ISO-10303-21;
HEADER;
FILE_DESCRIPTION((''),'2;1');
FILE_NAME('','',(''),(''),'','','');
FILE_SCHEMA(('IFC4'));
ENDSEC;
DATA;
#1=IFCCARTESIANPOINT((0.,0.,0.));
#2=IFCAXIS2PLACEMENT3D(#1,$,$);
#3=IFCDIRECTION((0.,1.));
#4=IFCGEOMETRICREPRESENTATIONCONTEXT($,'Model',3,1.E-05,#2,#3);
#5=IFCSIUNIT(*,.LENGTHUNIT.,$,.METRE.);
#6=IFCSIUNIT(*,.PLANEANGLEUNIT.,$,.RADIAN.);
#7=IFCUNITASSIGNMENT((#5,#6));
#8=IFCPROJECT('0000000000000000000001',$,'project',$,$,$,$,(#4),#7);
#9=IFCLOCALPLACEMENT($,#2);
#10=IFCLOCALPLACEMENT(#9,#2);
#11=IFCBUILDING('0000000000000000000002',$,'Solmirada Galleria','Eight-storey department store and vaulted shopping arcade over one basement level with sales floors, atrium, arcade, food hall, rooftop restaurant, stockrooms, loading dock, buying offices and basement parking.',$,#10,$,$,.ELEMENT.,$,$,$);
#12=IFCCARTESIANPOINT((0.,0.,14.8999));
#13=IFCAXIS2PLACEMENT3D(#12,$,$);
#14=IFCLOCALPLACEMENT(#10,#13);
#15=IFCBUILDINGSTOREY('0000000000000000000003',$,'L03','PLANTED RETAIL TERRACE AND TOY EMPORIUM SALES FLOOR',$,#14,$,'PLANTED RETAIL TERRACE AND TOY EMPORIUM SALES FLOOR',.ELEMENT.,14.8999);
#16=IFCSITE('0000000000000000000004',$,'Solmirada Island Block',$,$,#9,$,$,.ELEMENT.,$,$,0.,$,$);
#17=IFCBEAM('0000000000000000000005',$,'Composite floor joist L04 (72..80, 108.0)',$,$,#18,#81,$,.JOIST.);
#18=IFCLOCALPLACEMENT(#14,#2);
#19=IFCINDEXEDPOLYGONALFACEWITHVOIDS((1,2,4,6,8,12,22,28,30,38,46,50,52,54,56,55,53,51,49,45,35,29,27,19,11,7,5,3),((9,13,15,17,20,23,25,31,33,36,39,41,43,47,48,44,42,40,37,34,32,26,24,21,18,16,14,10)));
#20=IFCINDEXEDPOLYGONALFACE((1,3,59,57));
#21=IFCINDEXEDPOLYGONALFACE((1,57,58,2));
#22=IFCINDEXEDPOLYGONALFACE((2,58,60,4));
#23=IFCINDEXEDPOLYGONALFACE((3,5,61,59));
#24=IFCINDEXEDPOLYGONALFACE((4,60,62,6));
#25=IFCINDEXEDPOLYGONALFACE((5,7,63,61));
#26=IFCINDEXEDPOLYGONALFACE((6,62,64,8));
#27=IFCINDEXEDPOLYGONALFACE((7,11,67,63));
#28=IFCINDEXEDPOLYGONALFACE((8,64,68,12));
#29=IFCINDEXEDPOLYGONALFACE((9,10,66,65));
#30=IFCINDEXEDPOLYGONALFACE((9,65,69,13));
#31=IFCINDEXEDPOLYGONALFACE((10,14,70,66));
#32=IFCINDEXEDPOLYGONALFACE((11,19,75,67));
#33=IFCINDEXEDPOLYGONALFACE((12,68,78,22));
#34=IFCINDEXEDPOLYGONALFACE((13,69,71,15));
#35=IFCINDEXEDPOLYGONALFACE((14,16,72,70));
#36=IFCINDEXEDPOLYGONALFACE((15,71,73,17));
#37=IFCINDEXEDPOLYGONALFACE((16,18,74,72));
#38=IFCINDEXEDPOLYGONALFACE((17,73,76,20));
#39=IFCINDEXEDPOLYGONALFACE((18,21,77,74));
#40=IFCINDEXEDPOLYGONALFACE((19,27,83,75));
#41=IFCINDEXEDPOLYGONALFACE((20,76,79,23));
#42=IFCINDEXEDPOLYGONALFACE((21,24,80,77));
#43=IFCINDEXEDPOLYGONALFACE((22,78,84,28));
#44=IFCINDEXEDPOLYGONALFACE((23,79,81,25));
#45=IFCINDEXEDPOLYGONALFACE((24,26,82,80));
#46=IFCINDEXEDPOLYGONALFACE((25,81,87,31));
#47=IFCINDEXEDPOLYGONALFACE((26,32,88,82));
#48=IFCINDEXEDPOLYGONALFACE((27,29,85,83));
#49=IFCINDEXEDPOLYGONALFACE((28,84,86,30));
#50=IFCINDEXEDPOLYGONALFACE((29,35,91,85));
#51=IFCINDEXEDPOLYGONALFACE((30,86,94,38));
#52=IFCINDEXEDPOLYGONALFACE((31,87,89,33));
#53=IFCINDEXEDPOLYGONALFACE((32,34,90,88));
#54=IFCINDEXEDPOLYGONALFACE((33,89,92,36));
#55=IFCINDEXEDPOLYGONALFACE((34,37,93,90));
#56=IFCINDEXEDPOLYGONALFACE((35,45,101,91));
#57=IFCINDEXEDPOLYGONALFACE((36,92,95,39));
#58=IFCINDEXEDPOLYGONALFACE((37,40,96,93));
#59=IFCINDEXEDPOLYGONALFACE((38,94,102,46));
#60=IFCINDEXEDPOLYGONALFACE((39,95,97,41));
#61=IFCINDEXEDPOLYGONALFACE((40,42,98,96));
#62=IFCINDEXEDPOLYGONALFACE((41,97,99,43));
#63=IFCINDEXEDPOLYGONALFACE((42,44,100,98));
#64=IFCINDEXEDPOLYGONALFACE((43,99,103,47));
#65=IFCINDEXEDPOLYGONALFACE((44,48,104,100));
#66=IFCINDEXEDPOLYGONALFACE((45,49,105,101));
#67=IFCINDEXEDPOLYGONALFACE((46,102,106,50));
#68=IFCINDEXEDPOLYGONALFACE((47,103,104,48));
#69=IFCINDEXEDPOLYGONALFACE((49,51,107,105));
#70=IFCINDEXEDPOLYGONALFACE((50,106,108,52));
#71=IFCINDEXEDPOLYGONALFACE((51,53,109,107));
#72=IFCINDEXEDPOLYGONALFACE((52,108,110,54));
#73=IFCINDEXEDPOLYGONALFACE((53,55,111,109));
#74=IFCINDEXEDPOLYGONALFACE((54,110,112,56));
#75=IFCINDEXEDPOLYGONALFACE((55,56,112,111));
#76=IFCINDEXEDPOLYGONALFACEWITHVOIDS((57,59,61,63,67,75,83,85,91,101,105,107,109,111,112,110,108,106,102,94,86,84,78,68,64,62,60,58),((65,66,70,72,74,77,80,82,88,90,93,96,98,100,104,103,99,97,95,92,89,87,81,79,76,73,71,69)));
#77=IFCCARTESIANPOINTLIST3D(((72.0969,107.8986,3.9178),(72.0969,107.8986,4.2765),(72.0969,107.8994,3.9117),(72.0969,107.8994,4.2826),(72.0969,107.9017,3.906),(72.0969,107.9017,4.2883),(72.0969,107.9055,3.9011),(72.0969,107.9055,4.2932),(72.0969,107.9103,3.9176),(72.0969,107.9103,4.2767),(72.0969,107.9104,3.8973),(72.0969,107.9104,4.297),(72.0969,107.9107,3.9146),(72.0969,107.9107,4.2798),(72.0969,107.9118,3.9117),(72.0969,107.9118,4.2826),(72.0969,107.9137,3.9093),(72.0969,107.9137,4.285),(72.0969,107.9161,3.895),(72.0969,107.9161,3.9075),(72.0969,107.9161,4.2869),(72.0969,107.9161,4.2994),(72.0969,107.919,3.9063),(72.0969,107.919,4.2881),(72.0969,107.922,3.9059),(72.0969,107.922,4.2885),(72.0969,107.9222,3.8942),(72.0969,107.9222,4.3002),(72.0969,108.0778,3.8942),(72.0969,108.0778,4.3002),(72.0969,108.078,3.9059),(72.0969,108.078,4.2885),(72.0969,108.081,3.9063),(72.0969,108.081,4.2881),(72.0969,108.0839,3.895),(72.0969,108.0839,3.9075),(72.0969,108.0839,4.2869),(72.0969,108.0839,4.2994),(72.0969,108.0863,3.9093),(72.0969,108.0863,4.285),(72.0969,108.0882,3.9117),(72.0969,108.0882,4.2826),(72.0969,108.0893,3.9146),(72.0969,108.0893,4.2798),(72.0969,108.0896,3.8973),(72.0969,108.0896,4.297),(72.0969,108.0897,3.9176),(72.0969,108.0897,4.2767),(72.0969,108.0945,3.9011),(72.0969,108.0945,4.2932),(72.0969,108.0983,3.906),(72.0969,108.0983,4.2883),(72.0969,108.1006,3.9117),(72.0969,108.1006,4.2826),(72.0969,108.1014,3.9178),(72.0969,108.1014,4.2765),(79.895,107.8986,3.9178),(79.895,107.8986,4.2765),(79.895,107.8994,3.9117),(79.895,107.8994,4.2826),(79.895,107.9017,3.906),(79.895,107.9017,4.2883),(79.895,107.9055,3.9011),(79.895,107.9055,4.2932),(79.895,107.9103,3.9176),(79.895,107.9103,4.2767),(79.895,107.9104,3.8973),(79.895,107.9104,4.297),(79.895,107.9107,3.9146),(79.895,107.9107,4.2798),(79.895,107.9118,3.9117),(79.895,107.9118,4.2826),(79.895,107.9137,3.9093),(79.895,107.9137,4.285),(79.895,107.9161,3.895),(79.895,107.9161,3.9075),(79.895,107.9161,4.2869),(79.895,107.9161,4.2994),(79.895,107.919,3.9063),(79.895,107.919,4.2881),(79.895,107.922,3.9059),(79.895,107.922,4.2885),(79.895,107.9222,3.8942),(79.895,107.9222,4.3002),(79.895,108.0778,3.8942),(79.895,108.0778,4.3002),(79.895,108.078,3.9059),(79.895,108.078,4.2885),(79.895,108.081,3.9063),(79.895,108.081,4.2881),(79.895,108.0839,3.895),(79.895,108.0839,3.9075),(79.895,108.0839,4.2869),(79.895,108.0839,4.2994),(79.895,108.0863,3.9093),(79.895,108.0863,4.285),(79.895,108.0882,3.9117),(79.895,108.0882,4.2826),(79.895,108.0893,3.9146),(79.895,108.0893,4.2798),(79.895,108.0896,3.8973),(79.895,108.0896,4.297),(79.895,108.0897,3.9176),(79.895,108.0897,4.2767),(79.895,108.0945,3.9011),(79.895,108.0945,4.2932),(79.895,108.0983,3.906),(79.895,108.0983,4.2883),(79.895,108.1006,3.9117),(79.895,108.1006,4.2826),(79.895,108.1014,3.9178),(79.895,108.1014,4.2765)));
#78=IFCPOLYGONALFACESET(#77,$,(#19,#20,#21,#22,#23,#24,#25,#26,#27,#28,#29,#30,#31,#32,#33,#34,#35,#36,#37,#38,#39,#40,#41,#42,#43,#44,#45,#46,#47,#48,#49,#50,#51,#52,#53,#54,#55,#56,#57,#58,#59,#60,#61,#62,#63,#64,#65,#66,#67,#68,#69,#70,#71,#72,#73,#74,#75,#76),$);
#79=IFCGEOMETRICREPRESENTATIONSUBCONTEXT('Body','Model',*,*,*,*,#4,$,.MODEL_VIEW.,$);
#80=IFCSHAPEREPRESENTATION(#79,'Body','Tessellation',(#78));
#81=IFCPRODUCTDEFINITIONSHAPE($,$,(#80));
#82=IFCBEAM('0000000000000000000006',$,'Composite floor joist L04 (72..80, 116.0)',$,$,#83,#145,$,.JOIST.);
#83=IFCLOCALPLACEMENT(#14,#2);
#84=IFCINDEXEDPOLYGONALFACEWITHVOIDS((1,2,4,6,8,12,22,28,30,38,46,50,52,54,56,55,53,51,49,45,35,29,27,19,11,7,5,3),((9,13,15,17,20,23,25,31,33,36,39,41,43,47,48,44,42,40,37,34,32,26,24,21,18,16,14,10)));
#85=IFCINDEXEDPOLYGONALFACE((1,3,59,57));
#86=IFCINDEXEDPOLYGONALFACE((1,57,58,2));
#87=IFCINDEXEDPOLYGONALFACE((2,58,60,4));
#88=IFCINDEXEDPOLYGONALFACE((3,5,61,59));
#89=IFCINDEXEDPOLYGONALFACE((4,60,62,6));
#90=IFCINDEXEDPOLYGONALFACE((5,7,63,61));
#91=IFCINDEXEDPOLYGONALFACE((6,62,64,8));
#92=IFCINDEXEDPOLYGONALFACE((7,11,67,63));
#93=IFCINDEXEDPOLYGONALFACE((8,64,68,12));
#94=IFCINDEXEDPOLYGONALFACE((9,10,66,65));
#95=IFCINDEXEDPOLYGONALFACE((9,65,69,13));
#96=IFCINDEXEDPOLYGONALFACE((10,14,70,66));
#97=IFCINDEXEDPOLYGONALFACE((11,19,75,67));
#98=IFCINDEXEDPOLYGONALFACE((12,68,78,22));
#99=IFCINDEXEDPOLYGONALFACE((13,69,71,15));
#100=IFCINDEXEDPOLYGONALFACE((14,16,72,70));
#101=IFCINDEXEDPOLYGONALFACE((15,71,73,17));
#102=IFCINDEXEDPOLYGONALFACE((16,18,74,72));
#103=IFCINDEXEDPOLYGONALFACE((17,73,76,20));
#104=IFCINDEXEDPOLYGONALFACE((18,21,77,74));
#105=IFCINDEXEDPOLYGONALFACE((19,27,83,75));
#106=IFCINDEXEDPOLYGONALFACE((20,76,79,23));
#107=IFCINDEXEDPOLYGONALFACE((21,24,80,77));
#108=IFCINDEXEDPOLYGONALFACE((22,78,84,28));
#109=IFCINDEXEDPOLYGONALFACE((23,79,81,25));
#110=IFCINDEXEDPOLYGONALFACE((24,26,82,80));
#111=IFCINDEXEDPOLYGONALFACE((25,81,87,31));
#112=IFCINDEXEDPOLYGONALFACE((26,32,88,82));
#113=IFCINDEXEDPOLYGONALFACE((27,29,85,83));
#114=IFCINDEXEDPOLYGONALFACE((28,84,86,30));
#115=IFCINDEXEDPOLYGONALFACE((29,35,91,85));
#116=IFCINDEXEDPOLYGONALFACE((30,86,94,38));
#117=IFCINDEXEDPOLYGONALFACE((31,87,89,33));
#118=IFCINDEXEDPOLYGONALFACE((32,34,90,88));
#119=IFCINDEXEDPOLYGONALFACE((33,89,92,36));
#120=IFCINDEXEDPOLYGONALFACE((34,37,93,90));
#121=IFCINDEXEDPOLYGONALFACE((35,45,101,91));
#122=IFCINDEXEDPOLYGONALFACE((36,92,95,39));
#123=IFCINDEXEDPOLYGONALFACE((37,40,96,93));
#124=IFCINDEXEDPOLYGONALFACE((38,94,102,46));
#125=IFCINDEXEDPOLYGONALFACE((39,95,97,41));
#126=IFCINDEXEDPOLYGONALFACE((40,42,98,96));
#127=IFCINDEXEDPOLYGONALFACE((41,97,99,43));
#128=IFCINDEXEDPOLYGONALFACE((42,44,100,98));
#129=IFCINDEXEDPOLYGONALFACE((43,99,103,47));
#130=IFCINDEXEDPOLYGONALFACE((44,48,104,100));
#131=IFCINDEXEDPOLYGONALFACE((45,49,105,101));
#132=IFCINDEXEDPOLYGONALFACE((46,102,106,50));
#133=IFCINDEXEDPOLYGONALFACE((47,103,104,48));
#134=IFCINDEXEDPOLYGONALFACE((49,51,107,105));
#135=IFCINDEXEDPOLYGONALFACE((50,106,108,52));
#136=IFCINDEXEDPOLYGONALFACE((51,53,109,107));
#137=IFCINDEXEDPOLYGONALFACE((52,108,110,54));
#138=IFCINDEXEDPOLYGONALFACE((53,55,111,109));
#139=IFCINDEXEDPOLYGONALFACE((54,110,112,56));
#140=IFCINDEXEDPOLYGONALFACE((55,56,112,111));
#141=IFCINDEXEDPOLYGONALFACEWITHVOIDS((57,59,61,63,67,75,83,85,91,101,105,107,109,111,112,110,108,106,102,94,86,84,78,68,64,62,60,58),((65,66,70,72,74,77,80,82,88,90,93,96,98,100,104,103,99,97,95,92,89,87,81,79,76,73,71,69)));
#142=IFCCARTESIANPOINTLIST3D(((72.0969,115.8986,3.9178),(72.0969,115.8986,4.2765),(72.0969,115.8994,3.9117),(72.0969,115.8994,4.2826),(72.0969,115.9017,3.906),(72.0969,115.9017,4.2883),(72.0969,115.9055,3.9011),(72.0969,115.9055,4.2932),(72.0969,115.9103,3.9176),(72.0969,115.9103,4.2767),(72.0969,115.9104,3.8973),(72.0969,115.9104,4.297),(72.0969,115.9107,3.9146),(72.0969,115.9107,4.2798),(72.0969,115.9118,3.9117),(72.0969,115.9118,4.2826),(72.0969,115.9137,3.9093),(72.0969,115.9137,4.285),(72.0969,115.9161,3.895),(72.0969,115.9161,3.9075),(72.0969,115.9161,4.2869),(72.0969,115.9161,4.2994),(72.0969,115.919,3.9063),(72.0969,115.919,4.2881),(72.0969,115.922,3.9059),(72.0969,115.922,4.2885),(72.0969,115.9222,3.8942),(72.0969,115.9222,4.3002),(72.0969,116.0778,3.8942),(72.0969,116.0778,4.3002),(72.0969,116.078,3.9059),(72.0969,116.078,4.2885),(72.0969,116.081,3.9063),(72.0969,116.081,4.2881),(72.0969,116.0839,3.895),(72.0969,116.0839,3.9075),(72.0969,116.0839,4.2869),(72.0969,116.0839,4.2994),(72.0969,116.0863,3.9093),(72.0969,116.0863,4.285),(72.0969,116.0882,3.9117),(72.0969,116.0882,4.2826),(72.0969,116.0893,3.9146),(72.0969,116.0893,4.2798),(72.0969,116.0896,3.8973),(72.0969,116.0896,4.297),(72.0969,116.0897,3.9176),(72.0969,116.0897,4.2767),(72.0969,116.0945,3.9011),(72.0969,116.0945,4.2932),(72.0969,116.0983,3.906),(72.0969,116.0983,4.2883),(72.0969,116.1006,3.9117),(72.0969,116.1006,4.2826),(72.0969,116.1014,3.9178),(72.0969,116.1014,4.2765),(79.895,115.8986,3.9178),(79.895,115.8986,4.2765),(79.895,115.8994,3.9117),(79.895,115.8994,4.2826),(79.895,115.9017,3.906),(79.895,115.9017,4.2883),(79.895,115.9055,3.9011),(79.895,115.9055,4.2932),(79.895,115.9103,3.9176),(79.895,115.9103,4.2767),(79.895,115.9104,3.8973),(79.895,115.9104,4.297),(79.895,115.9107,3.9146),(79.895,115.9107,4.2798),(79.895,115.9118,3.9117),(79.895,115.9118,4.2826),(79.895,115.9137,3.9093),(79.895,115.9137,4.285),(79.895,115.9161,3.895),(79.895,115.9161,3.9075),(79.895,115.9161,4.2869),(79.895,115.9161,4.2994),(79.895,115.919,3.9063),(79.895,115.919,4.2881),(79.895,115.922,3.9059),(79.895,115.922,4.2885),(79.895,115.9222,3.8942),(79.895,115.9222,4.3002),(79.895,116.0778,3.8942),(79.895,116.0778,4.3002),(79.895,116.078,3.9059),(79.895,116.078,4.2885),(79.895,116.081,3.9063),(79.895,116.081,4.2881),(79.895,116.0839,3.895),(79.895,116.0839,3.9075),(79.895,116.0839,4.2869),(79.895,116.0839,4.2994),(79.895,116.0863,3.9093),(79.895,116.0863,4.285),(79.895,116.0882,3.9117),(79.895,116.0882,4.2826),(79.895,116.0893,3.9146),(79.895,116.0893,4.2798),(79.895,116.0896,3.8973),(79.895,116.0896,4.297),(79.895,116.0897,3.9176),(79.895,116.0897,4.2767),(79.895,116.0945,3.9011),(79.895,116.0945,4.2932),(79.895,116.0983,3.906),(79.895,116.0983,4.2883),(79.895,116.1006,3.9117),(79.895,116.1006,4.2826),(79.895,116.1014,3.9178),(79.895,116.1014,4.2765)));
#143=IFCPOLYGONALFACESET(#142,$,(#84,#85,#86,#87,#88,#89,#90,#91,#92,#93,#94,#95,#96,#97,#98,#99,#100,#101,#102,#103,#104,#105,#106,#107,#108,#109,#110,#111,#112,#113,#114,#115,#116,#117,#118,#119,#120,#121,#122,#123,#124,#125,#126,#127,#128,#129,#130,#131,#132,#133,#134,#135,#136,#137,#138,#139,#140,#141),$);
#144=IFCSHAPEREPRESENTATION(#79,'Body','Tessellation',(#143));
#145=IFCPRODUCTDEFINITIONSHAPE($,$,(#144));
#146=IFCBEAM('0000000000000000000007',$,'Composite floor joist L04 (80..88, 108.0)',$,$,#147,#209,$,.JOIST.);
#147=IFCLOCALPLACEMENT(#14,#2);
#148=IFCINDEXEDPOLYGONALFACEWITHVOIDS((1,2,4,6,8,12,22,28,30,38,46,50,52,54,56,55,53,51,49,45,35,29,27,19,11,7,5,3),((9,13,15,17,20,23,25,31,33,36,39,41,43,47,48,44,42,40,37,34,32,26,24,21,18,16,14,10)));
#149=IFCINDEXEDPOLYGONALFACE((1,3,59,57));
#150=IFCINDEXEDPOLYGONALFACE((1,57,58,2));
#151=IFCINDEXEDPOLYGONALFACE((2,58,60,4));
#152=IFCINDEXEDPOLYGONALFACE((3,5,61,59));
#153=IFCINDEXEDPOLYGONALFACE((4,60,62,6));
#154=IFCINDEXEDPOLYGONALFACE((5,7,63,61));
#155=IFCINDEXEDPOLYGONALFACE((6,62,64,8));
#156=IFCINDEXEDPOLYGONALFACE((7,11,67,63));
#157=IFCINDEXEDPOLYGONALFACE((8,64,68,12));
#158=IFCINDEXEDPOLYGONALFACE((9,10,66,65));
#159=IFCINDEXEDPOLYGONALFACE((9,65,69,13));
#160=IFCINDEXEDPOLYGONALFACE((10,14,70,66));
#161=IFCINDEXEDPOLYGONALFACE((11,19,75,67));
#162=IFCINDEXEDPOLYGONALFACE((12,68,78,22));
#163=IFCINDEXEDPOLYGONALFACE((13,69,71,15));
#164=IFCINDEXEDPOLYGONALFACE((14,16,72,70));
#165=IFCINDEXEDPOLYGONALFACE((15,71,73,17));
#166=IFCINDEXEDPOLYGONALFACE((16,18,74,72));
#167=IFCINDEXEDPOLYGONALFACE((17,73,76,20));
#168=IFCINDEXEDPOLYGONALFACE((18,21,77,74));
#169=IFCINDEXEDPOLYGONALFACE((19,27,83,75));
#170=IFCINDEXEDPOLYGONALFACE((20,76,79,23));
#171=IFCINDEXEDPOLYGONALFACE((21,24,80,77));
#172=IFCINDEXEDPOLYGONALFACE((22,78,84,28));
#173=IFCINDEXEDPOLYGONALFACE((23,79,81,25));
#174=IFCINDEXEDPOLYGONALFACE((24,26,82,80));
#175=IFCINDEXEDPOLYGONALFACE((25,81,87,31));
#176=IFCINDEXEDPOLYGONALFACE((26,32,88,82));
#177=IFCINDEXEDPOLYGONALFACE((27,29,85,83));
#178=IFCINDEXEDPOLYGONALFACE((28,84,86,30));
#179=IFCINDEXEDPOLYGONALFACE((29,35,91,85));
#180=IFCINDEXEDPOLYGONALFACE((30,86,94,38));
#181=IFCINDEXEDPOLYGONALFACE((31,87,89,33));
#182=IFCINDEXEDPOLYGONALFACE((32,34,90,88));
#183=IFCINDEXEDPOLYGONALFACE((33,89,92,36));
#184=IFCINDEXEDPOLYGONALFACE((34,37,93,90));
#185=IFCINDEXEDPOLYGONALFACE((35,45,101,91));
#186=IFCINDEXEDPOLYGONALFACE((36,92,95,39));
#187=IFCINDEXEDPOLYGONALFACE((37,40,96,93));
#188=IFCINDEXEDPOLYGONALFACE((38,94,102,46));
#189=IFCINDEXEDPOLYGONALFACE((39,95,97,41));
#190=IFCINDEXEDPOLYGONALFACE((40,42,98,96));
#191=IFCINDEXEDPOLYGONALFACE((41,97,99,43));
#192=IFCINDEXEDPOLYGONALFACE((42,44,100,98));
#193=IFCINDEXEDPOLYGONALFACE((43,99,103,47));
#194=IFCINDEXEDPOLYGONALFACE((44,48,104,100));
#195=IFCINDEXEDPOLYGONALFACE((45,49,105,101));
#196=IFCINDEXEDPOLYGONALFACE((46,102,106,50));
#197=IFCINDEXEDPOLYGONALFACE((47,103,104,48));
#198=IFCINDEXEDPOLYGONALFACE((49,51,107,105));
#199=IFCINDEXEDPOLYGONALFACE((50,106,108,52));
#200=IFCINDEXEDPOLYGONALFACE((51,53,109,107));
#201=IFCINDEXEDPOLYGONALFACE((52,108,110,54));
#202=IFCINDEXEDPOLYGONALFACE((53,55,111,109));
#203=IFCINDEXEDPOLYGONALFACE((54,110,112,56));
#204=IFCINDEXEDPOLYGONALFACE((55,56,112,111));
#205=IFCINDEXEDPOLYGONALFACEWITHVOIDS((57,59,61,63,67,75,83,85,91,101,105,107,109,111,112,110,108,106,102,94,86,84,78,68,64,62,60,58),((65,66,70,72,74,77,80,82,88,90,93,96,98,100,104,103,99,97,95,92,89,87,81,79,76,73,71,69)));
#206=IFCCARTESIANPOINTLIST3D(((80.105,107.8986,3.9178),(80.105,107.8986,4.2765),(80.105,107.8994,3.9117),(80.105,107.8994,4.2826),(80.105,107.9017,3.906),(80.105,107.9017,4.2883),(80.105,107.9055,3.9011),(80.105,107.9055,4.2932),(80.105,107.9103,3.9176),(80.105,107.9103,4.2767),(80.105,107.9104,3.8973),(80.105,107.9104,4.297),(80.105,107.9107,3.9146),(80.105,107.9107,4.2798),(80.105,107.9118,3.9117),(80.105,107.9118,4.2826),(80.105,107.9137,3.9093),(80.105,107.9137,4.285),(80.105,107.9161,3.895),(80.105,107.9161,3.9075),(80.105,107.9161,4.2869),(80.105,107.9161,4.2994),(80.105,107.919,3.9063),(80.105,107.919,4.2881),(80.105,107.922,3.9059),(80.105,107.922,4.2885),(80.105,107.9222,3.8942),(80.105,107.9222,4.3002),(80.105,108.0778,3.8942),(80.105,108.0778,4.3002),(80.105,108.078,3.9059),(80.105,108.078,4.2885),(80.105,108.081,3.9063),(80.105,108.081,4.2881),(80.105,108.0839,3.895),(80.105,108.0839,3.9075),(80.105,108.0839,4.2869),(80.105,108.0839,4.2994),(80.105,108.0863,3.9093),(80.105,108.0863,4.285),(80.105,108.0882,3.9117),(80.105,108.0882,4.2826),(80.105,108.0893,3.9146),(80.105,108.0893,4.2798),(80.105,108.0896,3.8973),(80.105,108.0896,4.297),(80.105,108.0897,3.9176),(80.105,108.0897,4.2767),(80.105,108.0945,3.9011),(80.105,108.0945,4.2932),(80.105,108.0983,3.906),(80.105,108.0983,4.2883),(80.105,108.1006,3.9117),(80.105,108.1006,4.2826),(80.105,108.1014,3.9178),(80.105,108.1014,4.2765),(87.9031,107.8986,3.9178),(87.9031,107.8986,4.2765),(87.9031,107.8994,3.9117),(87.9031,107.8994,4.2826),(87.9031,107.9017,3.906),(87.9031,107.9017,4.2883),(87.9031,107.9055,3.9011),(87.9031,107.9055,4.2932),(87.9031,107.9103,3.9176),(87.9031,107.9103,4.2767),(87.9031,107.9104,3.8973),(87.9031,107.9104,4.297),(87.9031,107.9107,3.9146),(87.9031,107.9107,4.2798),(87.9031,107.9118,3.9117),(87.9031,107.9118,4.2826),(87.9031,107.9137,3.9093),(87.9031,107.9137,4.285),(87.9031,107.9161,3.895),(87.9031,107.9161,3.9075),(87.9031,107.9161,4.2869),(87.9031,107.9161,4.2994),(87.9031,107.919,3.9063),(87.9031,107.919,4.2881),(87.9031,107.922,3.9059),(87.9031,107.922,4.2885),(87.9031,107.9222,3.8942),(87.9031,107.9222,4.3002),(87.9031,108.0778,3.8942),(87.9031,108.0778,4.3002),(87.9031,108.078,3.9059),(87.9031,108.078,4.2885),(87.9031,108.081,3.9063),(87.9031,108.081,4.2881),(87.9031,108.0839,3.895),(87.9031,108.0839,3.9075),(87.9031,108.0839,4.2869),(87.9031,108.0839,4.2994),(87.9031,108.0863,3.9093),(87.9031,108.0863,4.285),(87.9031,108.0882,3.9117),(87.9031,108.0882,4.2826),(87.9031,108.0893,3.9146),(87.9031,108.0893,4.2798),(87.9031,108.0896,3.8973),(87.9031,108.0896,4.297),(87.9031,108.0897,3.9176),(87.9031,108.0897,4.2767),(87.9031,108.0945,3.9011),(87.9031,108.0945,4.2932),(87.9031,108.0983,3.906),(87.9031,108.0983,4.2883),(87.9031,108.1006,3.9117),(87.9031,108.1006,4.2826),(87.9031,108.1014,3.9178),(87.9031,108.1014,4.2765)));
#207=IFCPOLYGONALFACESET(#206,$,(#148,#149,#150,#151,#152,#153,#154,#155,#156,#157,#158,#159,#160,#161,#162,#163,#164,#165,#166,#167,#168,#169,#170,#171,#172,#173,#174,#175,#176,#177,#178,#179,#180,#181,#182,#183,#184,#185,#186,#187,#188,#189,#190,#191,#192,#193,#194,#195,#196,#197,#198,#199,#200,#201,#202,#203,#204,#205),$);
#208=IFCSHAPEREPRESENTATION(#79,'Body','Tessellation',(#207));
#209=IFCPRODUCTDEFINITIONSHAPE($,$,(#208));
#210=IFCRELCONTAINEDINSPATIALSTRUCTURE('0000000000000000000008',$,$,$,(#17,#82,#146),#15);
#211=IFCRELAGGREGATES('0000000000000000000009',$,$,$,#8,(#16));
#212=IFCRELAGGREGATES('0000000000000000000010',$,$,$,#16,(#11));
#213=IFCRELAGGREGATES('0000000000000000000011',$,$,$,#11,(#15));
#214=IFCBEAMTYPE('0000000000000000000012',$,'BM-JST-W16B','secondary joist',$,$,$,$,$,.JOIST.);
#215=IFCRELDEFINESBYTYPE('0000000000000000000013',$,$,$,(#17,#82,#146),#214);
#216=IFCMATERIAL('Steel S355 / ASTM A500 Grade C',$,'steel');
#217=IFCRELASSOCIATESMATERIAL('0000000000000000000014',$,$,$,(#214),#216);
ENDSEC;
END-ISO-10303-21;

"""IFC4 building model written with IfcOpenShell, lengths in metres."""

from ifc_helpers import new_model, si_unit, direction, frame, origin, origin_2d, place, context, subcontext, project, spatial, hollow_rectangle, extrude, material, material_profile, profile_set, type_object, element, save


model = new_model("IFC4")

# Units and contexts
model_context = context("Model", 3, precision=1e-05, world=origin(), true_north=direction((0.0, 1.0)))
body_context = subcontext(model_context, "Body", "Model", "MODEL_VIEW")
ifc_project = project(units=[si_unit("LENGTHUNIT", "METRE"), si_unit("PLANEANGLEUNIT", "RADIAN")], contexts=[model_context])

# Site, building, storey
site_placement = place(None, origin())
site = spatial("IfcSite", under=ifc_project, at=site_placement, Name="Solmirada Island Block", CompositionType="ELEMENT", RefElevation=0.0)
building_placement = place(site_placement, origin())
building = spatial("IfcBuilding", under=site, at=building_placement, Name="Solmirada Galleria", Description="Eight-storey department store and vaulted shopping arcade over one basement level with sales floors, atrium, arcade, food hall, rooftop restaurant, stockrooms, loading dock, buying offices and basement parking.", CompositionType="ELEMENT")
storey_placement = place(building_placement, frame((0.0, 0.0, 14.8999)))
storey = spatial("IfcBuildingStorey", under=building, at=storey_placement, Name="L03", Description="PLANTED RETAIL TERRACE AND TOY EMPORIUM SALES FLOOR", LongName="PLANTED RETAIL TERRACE AND TOY EMPORIUM SALES FLOOR", CompositionType="ELEMENT", Elevation=14.8999)

# Shared definitions
ifc_material_1 = material(Name="Steel S355 / ASTM A500 Grade C", Category="steel")

# Beams
ifc_material_profile_1 = material_profile(ifc_material_1, hollow_rectangle(XDim=0.2029, YDim=0.406, WallThickness=0.0117, InnerFilletRadius=0.0117, OuterFilletRadius=0.0237, at=origin_2d()), Name="HSS16X8X1/2")
ifc_profile_set_1 = profile_set([ifc_material_profile_1], Name="Steel S355 / ASTM A500 Grade C")
beam_type_1 = type_object("IfcBeamType", Name="BM-JST-W16B", Description="secondary joist", PredefinedType="JOIST", material=ifc_profile_set_1)
for number, where, z_axis, x_axis, name in (
    (1, (72.0969, 108.0, 4.0972), (1.0, 0.0, 0.0), (0.0, 1.0, 0.0), "Composite floor joist L04 (72..80, 108.0)"),
    (2, (72.0969, 116.0, 4.0972), (1.0, 0.0, 0.0), (0.0, 1.0, 0.0), "Composite floor joist L04 (72..80, 116.0)"),
    (3, (80.105, 108.0, 4.0972), (1.0, 0.0, 0.0), (0.0, 1.0, 0.0), "Composite floor joist L04 (80..88, 108.0)"),
):
    element("IfcBeam", number, at=place(storey_placement, frame(where, z_axis=z_axis, x_axis=x_axis)), inside=storey, type_object=beam_type_1, Name=name, PredefinedType="JOIST", context=body_context, shape_type="SweptSolid", body=[
        extrude(hollow_rectangle(XDim=0.2029, YDim=0.406, WallThickness=0.0117, InnerFilletRadius=0.0117, OuterFilletRadius=0.0237, at=origin_2d()), origin(), (0.0, 0.0, 1.0), 7.7981),
    ])

save(model, "model.ifc")
